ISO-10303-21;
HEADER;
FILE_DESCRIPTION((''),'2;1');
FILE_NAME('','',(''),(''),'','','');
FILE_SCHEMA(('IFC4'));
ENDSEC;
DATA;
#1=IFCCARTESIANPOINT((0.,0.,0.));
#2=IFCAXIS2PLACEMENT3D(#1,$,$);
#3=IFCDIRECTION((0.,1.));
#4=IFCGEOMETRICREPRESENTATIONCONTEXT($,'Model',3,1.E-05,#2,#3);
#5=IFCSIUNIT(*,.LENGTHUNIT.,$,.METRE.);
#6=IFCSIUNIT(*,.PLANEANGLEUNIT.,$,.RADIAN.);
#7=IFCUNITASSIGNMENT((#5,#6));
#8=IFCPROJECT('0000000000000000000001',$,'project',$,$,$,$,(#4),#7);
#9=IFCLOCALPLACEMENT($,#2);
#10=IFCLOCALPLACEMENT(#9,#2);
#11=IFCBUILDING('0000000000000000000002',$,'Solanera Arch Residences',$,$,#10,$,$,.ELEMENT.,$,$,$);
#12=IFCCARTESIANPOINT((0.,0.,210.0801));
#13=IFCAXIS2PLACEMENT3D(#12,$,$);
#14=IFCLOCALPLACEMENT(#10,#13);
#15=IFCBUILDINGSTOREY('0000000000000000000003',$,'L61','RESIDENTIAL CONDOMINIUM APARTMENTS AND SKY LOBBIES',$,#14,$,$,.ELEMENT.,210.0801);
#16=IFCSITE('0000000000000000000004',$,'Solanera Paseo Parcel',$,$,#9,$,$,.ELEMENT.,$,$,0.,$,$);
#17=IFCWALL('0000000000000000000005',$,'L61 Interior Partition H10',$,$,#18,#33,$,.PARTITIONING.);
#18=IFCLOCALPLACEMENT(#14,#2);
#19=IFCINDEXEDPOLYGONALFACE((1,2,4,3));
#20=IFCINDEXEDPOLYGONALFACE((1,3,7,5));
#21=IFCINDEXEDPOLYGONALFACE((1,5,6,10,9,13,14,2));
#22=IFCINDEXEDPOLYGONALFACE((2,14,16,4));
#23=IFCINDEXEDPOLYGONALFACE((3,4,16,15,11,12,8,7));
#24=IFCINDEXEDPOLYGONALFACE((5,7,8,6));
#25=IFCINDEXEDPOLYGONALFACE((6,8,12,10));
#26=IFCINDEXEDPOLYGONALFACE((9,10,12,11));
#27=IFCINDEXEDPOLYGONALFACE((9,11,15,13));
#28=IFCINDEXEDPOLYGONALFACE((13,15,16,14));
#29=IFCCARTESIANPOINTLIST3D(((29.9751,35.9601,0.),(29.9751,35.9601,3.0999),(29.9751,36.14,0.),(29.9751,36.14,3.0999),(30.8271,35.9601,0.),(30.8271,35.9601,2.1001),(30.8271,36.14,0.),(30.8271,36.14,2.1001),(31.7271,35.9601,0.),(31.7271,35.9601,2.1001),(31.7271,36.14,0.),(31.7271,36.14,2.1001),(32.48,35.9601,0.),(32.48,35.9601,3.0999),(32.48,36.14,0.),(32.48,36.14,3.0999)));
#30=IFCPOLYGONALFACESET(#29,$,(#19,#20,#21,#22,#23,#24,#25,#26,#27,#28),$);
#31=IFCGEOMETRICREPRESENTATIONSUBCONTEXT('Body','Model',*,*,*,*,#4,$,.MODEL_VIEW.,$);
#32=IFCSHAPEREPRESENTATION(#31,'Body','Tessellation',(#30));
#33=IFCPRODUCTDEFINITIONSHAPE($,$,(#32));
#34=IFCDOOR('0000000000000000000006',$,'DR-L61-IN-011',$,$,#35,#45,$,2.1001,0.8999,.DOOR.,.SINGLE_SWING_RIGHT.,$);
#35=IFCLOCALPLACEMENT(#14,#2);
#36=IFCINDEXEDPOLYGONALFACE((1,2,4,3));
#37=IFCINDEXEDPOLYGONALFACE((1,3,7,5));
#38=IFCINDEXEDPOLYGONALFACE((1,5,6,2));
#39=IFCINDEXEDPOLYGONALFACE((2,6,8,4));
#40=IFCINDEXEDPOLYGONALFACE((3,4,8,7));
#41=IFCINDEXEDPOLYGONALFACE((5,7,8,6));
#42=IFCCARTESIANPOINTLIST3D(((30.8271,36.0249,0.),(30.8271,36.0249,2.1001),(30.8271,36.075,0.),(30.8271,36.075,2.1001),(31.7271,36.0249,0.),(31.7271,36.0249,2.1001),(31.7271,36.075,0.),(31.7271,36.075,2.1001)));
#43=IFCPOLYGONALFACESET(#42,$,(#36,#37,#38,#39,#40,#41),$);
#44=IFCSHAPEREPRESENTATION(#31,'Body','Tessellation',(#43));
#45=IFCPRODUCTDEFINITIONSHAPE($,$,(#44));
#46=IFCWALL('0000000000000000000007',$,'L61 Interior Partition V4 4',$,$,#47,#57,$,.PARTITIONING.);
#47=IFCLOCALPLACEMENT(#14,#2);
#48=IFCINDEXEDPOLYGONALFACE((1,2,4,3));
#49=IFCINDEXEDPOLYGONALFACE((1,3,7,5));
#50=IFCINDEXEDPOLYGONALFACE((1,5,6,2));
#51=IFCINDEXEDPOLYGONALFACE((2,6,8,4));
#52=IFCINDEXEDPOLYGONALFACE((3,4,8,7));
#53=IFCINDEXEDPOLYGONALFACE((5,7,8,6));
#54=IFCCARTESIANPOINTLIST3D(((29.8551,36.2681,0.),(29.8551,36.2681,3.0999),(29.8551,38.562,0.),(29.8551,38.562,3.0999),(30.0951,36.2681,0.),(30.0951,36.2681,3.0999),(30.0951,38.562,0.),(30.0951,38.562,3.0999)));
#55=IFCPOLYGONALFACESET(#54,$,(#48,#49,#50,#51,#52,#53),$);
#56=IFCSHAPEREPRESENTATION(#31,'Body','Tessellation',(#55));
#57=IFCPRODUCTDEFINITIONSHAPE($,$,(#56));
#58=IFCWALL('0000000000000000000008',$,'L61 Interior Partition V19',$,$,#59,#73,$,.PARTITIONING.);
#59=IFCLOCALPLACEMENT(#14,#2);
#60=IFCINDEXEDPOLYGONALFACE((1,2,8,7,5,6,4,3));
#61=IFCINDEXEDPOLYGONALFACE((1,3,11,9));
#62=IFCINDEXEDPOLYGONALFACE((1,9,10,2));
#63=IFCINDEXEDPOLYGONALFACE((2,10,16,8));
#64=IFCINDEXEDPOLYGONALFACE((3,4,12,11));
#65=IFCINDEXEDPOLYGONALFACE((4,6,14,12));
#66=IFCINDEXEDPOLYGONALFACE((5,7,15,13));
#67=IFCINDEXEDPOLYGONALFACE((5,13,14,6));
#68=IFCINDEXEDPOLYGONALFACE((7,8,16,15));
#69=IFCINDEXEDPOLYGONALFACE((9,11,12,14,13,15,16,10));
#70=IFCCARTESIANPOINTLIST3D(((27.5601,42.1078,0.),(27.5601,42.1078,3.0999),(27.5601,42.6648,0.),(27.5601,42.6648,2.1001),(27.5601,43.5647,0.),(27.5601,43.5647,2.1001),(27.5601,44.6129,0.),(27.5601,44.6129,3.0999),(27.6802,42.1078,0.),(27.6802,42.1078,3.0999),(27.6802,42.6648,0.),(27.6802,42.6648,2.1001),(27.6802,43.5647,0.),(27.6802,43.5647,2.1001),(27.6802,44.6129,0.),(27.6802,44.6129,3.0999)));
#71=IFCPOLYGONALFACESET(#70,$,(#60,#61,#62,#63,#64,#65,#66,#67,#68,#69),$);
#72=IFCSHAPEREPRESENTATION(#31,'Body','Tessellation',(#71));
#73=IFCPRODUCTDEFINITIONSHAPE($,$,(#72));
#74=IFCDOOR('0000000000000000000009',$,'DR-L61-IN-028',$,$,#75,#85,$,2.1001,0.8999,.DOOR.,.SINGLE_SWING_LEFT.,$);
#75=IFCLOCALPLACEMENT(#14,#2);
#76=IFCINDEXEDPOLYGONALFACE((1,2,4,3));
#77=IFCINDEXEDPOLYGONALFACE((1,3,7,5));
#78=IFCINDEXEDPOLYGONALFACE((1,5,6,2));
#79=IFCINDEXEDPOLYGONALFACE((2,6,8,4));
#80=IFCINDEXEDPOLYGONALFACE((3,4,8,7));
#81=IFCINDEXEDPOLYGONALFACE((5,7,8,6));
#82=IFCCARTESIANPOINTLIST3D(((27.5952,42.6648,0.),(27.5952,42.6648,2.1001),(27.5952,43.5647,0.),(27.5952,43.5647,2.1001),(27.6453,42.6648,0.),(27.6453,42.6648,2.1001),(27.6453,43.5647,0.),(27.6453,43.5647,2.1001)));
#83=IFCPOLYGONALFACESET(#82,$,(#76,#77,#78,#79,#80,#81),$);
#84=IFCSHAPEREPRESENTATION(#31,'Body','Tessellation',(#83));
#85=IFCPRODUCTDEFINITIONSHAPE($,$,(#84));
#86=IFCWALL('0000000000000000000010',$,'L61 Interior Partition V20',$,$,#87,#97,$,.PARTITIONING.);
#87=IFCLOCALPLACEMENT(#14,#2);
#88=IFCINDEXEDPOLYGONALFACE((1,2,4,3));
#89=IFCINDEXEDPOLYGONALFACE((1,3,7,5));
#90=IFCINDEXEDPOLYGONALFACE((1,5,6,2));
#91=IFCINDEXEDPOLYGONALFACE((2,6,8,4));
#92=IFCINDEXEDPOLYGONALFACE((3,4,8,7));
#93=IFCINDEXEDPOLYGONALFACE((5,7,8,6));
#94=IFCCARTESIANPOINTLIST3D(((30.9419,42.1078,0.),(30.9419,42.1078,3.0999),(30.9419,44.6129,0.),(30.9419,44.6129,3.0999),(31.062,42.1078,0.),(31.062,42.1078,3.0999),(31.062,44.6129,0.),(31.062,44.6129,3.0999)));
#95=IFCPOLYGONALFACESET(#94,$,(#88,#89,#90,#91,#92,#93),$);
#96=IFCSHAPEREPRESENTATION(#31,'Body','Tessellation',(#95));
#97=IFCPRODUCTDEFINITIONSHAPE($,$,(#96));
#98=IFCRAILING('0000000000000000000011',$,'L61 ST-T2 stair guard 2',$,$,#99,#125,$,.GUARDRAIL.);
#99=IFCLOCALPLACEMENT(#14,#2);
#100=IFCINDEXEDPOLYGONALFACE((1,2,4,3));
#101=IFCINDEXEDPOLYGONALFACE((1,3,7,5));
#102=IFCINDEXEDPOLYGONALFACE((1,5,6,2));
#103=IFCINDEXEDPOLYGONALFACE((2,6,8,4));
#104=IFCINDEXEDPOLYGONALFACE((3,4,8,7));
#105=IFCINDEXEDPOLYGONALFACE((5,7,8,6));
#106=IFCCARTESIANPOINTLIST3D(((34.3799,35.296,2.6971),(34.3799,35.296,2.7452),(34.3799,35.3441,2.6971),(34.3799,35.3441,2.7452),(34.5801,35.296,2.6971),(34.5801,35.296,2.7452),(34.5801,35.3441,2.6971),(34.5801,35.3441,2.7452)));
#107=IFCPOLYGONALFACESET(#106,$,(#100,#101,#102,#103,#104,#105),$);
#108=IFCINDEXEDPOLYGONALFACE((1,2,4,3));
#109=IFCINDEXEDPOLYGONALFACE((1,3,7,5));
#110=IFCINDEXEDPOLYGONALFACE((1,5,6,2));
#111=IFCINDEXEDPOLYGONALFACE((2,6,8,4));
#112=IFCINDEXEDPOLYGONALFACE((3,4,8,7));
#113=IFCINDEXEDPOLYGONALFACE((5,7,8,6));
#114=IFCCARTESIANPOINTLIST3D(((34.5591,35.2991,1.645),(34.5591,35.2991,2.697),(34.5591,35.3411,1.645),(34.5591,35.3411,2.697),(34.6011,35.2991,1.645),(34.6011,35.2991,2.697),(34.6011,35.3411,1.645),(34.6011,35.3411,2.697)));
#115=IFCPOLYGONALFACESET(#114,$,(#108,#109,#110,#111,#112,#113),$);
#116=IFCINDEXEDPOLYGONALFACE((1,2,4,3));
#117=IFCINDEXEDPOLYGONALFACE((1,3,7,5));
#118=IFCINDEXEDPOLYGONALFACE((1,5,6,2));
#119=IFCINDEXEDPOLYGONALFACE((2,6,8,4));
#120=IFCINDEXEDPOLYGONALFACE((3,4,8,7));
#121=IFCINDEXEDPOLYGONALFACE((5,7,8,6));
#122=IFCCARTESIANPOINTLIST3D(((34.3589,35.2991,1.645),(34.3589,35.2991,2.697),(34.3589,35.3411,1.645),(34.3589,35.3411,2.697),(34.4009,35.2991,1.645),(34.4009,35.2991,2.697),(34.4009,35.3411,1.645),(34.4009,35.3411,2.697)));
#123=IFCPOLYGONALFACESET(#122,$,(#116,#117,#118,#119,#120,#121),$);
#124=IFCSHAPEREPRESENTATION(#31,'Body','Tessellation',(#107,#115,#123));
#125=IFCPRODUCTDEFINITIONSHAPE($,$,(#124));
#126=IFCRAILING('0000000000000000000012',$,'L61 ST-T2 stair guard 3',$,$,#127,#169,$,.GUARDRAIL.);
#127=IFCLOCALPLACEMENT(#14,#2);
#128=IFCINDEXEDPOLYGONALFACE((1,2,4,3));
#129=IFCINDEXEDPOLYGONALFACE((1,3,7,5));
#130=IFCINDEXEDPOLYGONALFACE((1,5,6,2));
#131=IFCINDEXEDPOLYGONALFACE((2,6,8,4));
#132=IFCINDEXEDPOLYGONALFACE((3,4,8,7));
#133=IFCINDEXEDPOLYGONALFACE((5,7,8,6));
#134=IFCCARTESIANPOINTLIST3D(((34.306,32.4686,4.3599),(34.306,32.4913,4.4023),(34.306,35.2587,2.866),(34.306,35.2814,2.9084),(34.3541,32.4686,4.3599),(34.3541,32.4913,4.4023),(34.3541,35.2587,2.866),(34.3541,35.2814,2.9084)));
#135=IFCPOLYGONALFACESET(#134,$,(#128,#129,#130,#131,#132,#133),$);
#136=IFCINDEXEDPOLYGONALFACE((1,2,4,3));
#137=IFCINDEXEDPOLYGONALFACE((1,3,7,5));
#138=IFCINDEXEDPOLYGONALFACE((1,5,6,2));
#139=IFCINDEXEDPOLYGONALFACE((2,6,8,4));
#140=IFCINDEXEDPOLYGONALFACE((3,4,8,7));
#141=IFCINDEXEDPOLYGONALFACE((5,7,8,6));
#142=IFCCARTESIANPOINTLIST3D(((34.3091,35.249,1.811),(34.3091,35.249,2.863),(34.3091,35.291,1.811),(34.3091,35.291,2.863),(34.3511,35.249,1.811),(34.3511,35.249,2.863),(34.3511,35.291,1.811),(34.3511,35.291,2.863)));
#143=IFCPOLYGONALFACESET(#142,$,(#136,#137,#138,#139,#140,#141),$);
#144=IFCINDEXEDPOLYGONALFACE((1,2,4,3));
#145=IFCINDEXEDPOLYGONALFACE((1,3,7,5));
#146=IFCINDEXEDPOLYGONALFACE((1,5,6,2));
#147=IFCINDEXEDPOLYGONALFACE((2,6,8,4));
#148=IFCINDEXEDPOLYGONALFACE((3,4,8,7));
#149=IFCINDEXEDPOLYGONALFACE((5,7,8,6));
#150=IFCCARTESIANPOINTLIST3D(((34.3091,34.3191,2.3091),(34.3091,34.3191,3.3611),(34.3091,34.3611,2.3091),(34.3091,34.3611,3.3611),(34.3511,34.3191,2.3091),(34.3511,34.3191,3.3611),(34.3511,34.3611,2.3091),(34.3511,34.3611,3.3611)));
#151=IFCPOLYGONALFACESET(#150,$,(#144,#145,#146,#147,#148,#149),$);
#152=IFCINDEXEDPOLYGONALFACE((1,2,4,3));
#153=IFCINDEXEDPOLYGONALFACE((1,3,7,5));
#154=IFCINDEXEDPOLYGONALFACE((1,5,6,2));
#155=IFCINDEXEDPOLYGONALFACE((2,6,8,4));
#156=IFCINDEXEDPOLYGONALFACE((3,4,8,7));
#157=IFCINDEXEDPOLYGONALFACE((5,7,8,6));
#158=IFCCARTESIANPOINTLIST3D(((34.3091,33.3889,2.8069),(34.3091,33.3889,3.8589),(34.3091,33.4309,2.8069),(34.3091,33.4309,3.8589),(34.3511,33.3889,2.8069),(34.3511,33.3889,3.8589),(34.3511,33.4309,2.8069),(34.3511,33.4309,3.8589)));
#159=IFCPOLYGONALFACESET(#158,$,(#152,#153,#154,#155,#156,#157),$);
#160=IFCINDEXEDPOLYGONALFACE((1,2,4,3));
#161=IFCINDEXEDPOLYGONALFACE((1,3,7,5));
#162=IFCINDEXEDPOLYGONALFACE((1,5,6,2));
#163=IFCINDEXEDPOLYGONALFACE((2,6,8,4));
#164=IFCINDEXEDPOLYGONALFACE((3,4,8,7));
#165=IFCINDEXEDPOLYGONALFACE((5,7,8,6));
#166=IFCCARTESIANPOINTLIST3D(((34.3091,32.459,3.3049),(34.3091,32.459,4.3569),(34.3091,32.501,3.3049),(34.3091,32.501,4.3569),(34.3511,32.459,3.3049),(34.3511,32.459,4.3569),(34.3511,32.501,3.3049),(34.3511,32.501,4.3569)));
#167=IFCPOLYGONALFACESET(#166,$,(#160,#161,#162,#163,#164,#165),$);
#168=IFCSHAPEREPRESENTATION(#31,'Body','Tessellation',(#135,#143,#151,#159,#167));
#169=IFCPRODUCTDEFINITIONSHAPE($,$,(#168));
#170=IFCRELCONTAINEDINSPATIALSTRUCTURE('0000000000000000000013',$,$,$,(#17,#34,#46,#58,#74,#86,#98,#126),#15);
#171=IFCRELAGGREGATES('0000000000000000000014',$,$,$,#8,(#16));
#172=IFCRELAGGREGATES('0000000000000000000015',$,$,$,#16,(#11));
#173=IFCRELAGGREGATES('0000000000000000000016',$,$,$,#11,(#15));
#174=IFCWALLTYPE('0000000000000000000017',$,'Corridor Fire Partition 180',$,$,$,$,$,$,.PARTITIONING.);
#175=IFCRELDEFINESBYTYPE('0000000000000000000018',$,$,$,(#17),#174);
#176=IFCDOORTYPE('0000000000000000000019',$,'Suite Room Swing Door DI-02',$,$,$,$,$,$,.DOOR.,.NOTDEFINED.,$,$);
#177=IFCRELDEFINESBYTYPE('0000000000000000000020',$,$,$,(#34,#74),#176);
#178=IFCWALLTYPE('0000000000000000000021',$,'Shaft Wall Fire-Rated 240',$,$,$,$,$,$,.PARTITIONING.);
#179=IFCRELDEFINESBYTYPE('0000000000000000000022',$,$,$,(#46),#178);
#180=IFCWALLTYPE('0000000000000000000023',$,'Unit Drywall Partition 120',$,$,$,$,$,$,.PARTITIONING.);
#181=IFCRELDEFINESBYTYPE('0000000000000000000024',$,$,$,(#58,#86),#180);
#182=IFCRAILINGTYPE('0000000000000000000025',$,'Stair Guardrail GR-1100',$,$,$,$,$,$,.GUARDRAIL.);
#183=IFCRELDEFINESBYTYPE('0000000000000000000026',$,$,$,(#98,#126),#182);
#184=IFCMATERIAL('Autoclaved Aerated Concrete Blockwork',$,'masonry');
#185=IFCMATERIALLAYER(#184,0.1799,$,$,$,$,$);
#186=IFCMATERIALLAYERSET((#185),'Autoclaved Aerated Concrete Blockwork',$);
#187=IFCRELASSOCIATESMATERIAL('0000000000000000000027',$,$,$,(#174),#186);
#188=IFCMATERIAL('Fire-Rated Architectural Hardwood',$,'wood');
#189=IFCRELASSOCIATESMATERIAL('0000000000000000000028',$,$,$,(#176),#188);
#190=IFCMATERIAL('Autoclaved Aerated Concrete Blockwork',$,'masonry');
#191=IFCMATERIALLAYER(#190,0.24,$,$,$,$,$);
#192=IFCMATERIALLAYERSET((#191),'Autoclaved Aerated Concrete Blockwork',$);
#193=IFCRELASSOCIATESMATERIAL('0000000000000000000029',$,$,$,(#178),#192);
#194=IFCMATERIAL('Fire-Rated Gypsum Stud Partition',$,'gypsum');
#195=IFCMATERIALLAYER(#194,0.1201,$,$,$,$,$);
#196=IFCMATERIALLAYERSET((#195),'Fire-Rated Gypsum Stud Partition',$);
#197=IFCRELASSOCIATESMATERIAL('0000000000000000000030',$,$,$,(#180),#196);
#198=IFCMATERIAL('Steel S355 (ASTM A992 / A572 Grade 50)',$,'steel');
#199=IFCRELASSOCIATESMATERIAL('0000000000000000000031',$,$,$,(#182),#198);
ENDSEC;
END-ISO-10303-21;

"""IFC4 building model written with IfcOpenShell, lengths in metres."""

from ifc_helpers import new_model, si_unit, direction, frame, frame_2d, origin, origin_2d, place, context, subcontext, project, spatial, rectangle, extrude, material, layer, layer_set, type_object, element, fill, save


model = new_model("IFC4")

# Units and contexts
model_context = context("Model", 3, precision=1e-05, world=origin(), true_north=direction((0.0, 1.0)))
body_context = subcontext(model_context, "Body", "Model", "MODEL_VIEW")
ifc_project = project(units=[si_unit("LENGTHUNIT", "METRE"), si_unit("PLANEANGLEUNIT", "RADIAN")], contexts=[model_context])

# Site, building, storey
site_placement = place(None, origin())
site = spatial("IfcSite", under=ifc_project, at=site_placement, Name="Solanera Paseo Parcel", CompositionType="ELEMENT", RefElevation=0.0)
building_placement = place(site_placement, origin())
building = spatial("IfcBuilding", under=site, at=building_placement, Name="Solanera Arch Residences", CompositionType="ELEMENT")
storey_placement = place(building_placement, frame((0.0, 0.0, 210.0801)))
storey = spatial("IfcBuildingStorey", under=building, at=storey_placement, Name="L61", Description="RESIDENTIAL CONDOMINIUM APARTMENTS AND SKY LOBBIES", CompositionType="ELEMENT", Elevation=210.0801)

# Wall, opening, door
ifc_material_1 = material(Name="Autoclaved Aerated Concrete Blockwork", Category="masonry")
ifc_layer_1 = layer(ifc_material_1, 0.1799)
ifc_layer_set_1 = layer_set([ifc_layer_1], Name="Autoclaved Aerated Concrete Blockwork")
wall_type_1 = type_object("IfcWallType", Name="Corridor Fire Partition 180", PredefinedType="PARTITIONING", material=ifc_layer_set_1)
wall_1_placement = place(storey_placement, frame((29.9751, 36.05, 0.0), z_axis=(0.0, 0.0, 1.0), x_axis=(1.0, 0.0, 0.0)))
wall_1 = element("IfcWall", 1, at=wall_1_placement, inside=storey, type_object=wall_type_1, Name="L61 Interior Partition H10", PredefinedType="PARTITIONING", context=body_context, shape_type="SweptSolid", body=[
    extrude(rectangle(XDim=2.5049, YDim=0.1799, at=frame_2d((1.2524, 0.0))), origin(), (0.0, 0.0, 1.0), 3.0999),
])
opening_1_placement = place(wall_1_placement, frame((0.8521, 0.0, 0.0)))
opening_1 = element("IfcOpeningElement", 2, at=opening_1_placement, cuts=wall_1, PredefinedType="OPENING", context=body_context, shape_type="SweptSolid", body=[
    extrude(rectangle(XDim=0.8999, YDim=2.1001, at=frame_2d((0.45, 1.05))), frame((0.0, 0.1001, 0.0), z_axis=(0.0, -1.0, 0.0), x_axis=(1.0, 0.0, 0.0)), (0.0, 0.0, 1.0), 0.1999),
])
ifc_material_2 = material(Name="Fire-Rated Architectural Hardwood", Category="wood")
door_type = type_object("IfcDoorType", Name="Suite Room Swing Door DI-02", OperationType="NOTDEFINED", PredefinedType="DOOR", material=ifc_material_2)
door_1_placement = place(opening_1_placement, origin())
door_1 = element("IfcDoor", 3, at=door_1_placement, inside=storey, type_object=door_type, Name="DR-L61-IN-011", OperationType="SINGLE_SWING_RIGHT", OverallHeight=2.1001, OverallWidth=0.8999, PredefinedType="DOOR", context=body_context, shape_type="SweptSolid", body=[
    extrude(rectangle(XDim=0.8999, YDim=2.1001, at=frame_2d((0.45, 1.05))), frame((0.0, 0.0249, 0.0), z_axis=(0.0, -1.0, 0.0), x_axis=(1.0, 0.0, 0.0)), (0.0, 0.0, 1.0), 0.05),
])
fill(opening_1, door_1)

# Wall
ifc_material_3 = material(Name="Autoclaved Aerated Concrete Blockwork", Category="masonry")
ifc_layer_2 = layer(ifc_material_3, 0.24)
ifc_layer_set_2 = layer_set([ifc_layer_2], Name="Autoclaved Aerated Concrete Blockwork")
wall_type_2 = type_object("IfcWallType", Name="Shaft Wall Fire-Rated 240", PredefinedType="PARTITIONING", material=ifc_layer_set_2)
wall_2_placement = place(storey_placement, frame((29.9751, 36.2681, 0.0), z_axis=(0.0, 0.0, 1.0), x_axis=(0.0, 1.0, 0.0)))
element("IfcWall", 4, at=wall_2_placement, inside=storey, type_object=wall_type_2, Name="L61 Interior Partition V4 4", PredefinedType="PARTITIONING", context=body_context, shape_type="SweptSolid", body=[
    extrude(rectangle(XDim=2.2939, YDim=0.24, at=frame_2d((1.147, 0.0))), origin(), (0.0, 0.0, 1.0), 3.0999),
])

# Wall, opening, door
ifc_material_4 = material(Name="Fire-Rated Gypsum Stud Partition", Category="gypsum")
ifc_layer_3 = layer(ifc_material_4, 0.1201)
ifc_layer_set_3 = layer_set([ifc_layer_3], Name="Fire-Rated Gypsum Stud Partition")
wall_type_3 = type_object("IfcWallType", Name="Unit Drywall Partition 120", PredefinedType="PARTITIONING", material=ifc_layer_set_3)
wall_3_placement = place(storey_placement, frame((27.6201, 42.1079, 0.0), z_axis=(0.0, 0.0, 1.0), x_axis=(0.0, 1.0, 0.0)))
wall_3 = element("IfcWall", 5, at=wall_3_placement, inside=storey, type_object=wall_type_3, Name="L61 Interior Partition V19", PredefinedType="PARTITIONING", context=body_context, shape_type="SweptSolid", body=[
    extrude(rectangle(XDim=2.5051, YDim=0.1201, at=frame_2d((1.2524, 0.0))), origin(), (0.0, 0.0, 1.0), 3.0999),
])
opening_2_placement = place(wall_3_placement, frame((0.5569, 0.0, 0.0)))
opening_2 = element("IfcOpeningElement", 6, at=opening_2_placement, cuts=wall_3, PredefinedType="OPENING", context=body_context, shape_type="SweptSolid", body=[
    extrude(rectangle(XDim=0.8999, YDim=2.1001, at=frame_2d((0.45, 1.05))), frame((0.0, 0.0701, 0.0), z_axis=(0.0, -1.0, 0.0), x_axis=(1.0, 0.0, 0.0)), (0.0, 0.0, 1.0), 0.1401),
])
door_2_placement = place(opening_2_placement, origin())
door_2 = element("IfcDoor", 7, at=door_2_placement, inside=storey, type_object=door_type, Name="DR-L61-IN-028", OperationType="SINGLE_SWING_LEFT", OverallHeight=2.1001, OverallWidth=0.8999, PredefinedType="DOOR", context=body_context, shape_type="SweptSolid", body=[
    extrude(rectangle(XDim=0.8999, YDim=2.1001, at=frame_2d((0.45, 1.05))), frame((0.0, 0.0249, 0.0), z_axis=(0.0, -1.0, 0.0), x_axis=(1.0, 0.0, 0.0)), (0.0, 0.0, 1.0), 0.05),
])
fill(opening_2, door_2)

# Wall
wall_4_placement = place(storey_placement, frame((31.002, 42.1079, 0.0), z_axis=(0.0, 0.0, 1.0), x_axis=(0.0, 1.0, 0.0)))
element("IfcWall", 8, at=wall_4_placement, inside=storey, type_object=wall_type_3, Name="L61 Interior Partition V20", PredefinedType="PARTITIONING", context=body_context, shape_type="SweptSolid", body=[
    extrude(rectangle(XDim=2.5051, YDim=0.1201, at=frame_2d((1.2524, 0.0))), origin(), (0.0, 0.0, 1.0), 3.0999),
])

# Railings
ifc_material_5 = material(Name="Steel S355 (ASTM A992 / A572 Grade 50)", Category="steel")
railing_type = type_object("IfcRailingType", Name="Stair Guardrail GR-1100", PredefinedType="GUARDRAIL", material=ifc_material_5)
railing_1_placement = place(storey_placement, frame((34.5801, 35.3201, 1.645)))
element("IfcRailing", 9, at=railing_1_placement, inside=storey, type_object=railing_type, Name="L61 ST-T2 stair guard 2", PredefinedType="GUARDRAIL", context=body_context, shape_type="SweptSolid", body=[
    extrude(rectangle(XDim=0.0481, YDim=0.0481, at=origin_2d()), frame((0.0, 0.0, 1.0762), z_axis=(-1.0, 0.0, 0.0), x_axis=(0.0, -1.0, 0.0)), (0.0, 0.0, 1.0), 0.2002),
    extrude(rectangle(XDim=0.042, YDim=0.042, at=origin_2d()), origin(), (0.0, 0.0, 1.0), 1.052),
    extrude(rectangle(XDim=0.042, YDim=0.042, at=origin_2d()), frame((-0.2002, 0.0, 0.0)), (0.0, 0.0, 1.0), 1.052),
])
railing_2_placement = place(storey_placement, frame((34.3301, 35.27, 1.811)))
element("IfcRailing", 10, at=railing_2_placement, inside=storey, type_object=railing_type, Name="L61 ST-T2 stair guard 3", PredefinedType="GUARDRAIL", context=body_context, shape_type="SweptSolid", body=[
    extrude(rectangle(XDim=0.0481, YDim=0.0481, at=origin_2d()), frame((0.0, 0.0, 1.0762), z_axis=(0.0, -0.881581, 0.472033), x_axis=(1.0, 0.0, 0.0)), (0.0, 0.0, 1.0), 3.1648),
    extrude(rectangle(XDim=0.042, YDim=0.042, at=origin_2d()), origin(), (0.0, 0.0, 1.0), 1.052),
    extrude(rectangle(XDim=0.042, YDim=0.042, at=origin_2d()), frame((0.0, -0.9299, 0.498)), (0.0, 0.0, 1.0), 1.052),
    extrude(rectangle(XDim=0.042, YDim=0.042, at=origin_2d()), frame((0.0, -1.8601, 0.9958)), (0.0, 0.0, 1.0), 1.052),
    extrude(rectangle(XDim=0.042, YDim=0.042, at=origin_2d()), frame((0.0, -2.79, 1.4939)), (0.0, 0.0, 1.0), 1.052),
])

save(model, "model.ifc")
